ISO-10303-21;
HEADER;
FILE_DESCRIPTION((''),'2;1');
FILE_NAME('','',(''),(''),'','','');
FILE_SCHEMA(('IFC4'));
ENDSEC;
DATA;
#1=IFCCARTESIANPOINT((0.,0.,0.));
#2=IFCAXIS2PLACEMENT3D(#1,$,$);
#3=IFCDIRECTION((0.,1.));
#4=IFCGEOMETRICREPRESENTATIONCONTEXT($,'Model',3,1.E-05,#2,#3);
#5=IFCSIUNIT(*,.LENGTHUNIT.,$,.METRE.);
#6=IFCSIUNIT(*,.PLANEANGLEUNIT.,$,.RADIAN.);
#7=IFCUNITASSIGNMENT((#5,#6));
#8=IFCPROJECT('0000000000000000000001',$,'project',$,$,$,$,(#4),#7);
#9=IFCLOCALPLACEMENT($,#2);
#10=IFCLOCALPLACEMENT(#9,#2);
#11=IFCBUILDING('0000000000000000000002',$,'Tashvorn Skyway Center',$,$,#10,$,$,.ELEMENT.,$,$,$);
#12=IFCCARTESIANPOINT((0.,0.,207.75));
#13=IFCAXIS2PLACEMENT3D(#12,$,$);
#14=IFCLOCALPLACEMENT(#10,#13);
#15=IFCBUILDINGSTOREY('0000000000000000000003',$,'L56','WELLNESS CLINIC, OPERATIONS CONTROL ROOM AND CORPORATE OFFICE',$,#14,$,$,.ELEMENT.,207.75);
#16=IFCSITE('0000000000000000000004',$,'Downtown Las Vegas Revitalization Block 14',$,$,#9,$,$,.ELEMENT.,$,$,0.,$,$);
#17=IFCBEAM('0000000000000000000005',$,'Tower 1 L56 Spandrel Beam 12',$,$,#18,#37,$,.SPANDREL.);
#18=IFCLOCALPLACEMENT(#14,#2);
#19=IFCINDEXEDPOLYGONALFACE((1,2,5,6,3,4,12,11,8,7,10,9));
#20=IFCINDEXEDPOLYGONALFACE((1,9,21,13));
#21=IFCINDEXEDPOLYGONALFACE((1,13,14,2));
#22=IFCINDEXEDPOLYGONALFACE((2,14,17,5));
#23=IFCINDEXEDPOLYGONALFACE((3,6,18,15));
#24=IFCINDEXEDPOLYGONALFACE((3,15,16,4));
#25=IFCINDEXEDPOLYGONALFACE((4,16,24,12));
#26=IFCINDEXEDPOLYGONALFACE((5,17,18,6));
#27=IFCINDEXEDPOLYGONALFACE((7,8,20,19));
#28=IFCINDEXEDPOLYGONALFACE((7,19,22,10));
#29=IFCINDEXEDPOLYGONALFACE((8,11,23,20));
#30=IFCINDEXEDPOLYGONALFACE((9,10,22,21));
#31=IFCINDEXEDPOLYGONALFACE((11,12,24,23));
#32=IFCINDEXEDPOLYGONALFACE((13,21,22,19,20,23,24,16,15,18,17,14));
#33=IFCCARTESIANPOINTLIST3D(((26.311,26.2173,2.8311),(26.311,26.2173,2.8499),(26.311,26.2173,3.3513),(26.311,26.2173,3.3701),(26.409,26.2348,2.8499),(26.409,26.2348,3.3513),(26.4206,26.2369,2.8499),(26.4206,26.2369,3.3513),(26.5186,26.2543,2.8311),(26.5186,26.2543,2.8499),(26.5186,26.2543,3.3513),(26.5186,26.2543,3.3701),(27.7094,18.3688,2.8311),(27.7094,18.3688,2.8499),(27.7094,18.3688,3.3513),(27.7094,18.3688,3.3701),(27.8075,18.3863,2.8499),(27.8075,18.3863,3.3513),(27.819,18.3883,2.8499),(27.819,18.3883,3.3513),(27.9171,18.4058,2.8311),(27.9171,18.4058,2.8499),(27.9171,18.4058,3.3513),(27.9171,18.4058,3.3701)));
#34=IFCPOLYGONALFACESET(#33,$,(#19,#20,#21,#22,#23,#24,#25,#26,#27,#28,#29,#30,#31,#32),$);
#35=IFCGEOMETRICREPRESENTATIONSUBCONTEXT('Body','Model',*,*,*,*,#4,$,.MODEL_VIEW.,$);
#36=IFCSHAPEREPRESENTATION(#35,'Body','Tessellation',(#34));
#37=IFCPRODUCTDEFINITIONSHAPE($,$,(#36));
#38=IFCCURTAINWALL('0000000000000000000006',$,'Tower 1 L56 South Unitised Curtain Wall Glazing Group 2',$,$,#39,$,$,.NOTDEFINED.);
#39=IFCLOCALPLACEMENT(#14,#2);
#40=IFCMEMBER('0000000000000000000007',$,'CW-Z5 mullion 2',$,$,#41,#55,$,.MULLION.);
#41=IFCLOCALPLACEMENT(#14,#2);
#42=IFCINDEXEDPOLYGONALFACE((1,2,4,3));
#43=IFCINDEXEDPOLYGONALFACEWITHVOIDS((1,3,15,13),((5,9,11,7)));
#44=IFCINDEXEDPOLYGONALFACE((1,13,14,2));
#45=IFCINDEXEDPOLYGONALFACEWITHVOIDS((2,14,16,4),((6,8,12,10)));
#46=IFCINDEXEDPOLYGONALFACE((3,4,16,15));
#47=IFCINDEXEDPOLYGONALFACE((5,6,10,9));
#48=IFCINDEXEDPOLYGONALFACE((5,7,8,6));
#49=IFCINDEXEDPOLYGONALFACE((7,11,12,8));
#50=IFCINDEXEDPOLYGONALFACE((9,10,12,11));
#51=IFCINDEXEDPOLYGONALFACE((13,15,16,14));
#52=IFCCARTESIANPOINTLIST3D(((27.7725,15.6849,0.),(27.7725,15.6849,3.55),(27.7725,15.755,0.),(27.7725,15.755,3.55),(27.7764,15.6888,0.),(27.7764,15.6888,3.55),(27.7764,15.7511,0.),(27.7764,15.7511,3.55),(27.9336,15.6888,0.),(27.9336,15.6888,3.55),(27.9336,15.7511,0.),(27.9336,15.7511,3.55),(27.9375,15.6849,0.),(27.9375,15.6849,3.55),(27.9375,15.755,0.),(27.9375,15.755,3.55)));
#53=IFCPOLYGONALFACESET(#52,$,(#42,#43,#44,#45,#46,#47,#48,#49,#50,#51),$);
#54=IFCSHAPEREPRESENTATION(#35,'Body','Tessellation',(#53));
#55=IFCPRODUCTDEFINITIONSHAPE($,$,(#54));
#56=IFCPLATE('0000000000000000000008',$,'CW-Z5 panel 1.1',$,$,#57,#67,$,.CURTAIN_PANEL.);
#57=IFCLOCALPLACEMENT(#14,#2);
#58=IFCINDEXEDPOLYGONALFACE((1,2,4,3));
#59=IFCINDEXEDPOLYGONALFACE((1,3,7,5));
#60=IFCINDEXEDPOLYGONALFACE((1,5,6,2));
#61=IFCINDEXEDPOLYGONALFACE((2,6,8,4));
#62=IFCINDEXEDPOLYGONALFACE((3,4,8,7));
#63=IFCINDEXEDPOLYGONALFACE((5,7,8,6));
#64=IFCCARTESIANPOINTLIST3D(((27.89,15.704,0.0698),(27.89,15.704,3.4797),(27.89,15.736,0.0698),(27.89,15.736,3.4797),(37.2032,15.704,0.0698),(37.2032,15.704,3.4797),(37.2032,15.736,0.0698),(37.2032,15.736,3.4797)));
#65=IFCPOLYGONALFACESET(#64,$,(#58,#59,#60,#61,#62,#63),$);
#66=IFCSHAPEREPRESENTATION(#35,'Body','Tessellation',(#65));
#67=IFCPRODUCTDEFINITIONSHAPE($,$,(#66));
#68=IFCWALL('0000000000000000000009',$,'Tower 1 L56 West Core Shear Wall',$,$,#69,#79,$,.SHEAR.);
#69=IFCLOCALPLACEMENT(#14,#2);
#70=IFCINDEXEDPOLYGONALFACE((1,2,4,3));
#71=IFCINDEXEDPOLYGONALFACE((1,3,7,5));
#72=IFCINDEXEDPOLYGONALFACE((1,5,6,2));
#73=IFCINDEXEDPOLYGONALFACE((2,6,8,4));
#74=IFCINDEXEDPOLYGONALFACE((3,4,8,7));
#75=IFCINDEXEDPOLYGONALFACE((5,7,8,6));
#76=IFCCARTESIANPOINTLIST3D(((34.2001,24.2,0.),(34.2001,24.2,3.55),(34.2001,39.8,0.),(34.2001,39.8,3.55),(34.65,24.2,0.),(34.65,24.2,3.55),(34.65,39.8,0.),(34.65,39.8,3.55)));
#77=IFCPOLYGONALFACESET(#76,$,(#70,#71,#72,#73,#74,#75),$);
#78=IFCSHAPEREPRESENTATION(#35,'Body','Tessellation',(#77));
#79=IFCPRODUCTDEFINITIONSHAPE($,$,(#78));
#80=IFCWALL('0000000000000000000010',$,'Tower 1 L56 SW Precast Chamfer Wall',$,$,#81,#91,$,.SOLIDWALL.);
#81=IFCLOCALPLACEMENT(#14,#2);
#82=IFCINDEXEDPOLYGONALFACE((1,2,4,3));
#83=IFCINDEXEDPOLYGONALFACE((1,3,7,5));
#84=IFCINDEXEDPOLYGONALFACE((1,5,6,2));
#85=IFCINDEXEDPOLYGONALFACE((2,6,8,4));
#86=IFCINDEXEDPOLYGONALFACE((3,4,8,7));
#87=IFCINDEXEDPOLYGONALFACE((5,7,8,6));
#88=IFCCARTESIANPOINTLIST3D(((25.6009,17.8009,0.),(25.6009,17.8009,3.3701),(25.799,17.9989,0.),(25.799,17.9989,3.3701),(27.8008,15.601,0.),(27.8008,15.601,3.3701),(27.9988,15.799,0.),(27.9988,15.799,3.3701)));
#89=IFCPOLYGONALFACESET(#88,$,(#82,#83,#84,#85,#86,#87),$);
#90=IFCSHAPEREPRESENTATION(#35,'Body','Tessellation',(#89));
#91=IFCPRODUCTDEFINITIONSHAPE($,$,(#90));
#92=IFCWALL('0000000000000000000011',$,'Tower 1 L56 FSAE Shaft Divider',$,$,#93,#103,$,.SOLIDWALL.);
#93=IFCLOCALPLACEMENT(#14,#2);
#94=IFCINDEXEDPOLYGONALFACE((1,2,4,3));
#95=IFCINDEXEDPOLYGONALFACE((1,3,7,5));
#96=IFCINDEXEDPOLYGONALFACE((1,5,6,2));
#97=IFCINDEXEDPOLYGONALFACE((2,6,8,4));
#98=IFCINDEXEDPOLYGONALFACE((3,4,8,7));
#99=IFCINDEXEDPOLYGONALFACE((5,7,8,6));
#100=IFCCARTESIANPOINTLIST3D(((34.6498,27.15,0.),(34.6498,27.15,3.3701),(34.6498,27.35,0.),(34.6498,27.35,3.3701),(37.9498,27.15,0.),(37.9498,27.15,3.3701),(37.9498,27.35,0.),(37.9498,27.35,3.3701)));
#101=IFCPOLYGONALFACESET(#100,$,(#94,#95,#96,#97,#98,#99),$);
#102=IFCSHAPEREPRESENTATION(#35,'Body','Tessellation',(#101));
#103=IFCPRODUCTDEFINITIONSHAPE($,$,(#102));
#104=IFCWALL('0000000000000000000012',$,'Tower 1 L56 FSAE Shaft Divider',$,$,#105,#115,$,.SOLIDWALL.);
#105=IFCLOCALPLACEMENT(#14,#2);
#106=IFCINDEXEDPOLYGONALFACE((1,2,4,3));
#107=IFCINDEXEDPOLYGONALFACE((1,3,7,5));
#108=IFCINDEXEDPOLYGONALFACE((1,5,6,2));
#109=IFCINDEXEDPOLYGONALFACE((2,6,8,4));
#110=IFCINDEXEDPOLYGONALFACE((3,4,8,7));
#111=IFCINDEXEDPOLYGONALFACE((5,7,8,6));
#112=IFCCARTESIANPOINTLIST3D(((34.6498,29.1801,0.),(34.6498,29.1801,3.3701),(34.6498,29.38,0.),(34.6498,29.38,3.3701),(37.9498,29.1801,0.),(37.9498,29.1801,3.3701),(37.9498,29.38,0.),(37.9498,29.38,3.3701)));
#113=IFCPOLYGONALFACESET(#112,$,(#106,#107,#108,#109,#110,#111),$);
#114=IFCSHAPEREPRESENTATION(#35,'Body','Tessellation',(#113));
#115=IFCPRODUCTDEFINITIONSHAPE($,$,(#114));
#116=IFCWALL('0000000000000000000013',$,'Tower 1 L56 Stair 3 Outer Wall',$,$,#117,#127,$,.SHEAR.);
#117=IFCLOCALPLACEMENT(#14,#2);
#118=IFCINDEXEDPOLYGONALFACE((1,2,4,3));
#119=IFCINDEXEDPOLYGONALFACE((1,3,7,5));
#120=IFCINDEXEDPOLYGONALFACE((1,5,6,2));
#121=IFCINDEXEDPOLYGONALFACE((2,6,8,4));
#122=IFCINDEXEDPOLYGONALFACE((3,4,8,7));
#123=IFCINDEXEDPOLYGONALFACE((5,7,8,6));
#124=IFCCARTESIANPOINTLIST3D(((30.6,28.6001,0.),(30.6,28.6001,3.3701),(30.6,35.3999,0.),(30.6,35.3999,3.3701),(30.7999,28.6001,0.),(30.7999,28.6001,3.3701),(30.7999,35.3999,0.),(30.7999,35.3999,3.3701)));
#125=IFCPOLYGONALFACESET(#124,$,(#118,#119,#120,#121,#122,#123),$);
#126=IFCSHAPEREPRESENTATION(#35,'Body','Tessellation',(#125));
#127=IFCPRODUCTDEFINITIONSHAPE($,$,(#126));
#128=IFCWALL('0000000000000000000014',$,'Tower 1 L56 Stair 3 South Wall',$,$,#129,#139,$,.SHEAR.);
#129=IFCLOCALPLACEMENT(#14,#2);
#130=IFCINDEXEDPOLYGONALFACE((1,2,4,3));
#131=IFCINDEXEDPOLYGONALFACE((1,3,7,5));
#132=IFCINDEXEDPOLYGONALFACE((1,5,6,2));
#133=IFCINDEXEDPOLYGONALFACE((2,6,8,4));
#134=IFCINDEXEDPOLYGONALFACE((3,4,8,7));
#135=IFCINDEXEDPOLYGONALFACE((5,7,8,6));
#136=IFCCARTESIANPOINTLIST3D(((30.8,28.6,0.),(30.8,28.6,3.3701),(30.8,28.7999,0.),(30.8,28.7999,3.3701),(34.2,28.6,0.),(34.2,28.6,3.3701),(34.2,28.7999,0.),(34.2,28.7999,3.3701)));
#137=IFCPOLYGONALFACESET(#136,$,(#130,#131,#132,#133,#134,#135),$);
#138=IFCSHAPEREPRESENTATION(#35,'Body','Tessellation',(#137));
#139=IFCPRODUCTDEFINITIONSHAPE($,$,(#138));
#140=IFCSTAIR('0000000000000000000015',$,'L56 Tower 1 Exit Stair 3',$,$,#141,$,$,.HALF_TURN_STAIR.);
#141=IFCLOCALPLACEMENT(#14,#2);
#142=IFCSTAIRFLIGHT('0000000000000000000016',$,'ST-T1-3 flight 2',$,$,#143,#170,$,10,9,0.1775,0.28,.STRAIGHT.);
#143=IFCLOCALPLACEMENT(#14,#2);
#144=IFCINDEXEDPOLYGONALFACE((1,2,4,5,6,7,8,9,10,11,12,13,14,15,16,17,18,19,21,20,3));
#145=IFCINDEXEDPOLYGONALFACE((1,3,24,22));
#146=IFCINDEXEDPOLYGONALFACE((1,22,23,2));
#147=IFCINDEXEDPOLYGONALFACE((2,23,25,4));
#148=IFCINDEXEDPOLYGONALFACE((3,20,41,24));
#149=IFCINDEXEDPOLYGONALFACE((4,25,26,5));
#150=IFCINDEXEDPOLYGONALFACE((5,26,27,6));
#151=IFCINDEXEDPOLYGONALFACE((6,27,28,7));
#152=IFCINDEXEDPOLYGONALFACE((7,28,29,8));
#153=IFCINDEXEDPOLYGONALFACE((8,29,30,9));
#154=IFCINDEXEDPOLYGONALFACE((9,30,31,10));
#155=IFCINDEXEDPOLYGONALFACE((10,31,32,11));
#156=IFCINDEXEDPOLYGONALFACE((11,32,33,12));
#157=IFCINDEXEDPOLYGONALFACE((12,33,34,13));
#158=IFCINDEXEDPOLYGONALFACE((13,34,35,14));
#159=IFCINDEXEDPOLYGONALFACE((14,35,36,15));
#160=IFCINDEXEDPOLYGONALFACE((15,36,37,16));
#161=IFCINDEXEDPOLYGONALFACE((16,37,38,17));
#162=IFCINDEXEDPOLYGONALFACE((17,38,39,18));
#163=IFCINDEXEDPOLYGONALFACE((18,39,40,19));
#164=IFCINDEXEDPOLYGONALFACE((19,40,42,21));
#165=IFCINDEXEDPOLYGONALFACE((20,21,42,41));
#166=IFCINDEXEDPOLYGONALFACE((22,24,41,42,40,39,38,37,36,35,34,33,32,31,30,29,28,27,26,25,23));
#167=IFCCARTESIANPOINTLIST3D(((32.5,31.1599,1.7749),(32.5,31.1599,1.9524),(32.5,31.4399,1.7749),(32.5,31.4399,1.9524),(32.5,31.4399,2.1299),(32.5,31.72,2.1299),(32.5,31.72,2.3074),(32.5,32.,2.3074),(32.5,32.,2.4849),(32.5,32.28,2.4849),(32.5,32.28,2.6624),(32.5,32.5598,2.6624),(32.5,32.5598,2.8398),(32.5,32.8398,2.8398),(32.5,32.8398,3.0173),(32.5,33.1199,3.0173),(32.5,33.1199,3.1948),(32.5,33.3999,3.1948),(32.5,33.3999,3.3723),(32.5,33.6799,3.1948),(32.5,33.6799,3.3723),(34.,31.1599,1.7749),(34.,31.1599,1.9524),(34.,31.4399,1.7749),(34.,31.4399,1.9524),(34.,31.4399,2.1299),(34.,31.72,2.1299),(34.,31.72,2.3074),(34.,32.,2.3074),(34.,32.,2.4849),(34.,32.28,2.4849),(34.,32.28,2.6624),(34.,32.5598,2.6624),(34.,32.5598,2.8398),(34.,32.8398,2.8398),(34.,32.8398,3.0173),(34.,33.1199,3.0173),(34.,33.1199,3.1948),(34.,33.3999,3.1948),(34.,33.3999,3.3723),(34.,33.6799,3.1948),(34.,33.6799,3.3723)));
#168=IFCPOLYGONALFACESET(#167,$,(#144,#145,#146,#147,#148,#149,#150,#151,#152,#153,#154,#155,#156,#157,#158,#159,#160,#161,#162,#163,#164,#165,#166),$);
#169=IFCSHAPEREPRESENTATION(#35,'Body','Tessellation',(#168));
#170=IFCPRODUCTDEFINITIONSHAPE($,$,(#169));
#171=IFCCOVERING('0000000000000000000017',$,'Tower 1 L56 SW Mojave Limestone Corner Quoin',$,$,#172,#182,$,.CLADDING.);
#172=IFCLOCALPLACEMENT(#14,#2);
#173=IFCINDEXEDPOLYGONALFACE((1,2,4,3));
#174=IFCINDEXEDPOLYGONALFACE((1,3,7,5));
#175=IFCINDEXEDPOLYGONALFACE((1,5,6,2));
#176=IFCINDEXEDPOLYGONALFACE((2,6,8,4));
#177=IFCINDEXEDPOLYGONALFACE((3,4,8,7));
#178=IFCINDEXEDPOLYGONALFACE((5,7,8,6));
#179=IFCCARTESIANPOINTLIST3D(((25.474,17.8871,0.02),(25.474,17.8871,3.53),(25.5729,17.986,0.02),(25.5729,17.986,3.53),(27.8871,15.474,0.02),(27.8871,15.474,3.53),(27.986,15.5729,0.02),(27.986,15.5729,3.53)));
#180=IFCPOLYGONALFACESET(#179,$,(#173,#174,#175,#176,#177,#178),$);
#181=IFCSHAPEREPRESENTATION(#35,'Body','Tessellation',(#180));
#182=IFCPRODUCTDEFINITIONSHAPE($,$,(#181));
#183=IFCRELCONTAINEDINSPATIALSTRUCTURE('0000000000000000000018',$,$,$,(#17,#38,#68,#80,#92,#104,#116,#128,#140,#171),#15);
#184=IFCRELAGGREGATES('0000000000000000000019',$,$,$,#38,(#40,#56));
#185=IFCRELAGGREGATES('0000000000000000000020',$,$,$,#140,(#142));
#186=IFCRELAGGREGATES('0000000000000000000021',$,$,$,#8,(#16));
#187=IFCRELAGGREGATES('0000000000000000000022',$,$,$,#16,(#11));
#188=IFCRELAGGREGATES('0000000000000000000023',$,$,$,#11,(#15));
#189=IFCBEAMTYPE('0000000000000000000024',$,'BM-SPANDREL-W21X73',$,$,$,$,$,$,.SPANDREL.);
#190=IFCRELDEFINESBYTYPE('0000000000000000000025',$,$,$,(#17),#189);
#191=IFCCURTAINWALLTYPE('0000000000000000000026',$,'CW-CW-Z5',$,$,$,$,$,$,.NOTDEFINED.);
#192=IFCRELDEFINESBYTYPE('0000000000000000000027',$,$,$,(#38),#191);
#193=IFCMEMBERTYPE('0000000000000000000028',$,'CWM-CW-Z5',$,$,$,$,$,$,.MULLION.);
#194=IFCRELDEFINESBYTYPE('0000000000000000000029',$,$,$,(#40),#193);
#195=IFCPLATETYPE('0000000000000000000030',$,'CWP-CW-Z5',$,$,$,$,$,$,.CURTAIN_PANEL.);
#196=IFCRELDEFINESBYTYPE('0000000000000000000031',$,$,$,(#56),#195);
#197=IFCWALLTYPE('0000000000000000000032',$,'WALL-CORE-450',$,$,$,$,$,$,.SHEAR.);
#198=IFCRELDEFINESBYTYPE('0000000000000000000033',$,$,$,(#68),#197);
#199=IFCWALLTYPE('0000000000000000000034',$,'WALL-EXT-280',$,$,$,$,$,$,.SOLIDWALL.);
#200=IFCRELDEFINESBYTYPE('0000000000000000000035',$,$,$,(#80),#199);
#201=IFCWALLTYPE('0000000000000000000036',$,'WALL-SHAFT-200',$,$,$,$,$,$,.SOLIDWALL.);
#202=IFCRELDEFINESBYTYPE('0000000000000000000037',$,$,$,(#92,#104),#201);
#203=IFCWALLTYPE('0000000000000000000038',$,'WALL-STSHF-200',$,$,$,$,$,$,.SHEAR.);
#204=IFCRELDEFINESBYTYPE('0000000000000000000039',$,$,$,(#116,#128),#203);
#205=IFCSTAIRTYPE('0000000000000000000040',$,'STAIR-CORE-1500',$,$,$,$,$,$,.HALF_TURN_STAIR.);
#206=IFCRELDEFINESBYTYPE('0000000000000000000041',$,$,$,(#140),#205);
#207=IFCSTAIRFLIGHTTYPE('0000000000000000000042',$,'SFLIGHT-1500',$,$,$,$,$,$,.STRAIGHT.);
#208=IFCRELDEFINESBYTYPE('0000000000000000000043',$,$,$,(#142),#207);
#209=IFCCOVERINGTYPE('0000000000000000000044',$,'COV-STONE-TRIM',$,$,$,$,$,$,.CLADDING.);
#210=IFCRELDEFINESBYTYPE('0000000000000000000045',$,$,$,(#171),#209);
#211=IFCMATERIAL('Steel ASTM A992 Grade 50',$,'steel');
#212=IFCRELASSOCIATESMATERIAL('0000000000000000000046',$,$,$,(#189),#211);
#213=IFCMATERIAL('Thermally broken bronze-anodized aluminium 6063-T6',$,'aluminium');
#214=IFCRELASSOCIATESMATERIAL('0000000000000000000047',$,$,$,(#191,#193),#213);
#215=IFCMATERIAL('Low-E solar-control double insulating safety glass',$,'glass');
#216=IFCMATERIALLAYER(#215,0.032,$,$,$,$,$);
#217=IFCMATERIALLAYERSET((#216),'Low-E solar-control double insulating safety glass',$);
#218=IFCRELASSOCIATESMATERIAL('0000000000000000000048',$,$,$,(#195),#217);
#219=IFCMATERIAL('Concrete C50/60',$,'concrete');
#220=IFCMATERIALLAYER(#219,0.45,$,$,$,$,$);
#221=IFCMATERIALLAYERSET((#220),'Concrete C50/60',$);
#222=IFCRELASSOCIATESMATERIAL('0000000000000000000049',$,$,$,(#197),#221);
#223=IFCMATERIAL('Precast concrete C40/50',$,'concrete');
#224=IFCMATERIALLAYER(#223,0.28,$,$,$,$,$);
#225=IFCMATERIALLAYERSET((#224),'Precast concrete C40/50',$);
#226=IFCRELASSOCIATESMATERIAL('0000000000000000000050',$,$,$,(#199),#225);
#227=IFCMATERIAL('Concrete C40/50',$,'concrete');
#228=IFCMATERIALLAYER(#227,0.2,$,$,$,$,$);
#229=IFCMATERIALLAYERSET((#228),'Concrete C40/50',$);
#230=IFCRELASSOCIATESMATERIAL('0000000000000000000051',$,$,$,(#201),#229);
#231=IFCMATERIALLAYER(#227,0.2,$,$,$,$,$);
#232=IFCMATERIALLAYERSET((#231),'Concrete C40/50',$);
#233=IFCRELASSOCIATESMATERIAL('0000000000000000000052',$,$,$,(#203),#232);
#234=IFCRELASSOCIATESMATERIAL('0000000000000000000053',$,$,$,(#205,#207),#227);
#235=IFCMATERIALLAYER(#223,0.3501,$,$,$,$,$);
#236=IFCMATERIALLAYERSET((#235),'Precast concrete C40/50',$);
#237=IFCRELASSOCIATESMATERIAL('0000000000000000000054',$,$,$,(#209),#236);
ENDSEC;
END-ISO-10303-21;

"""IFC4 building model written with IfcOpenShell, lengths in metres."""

from ifc_helpers import new_model, si_unit, direction, frame, frame_2d, origin, origin_2d, place, context, subcontext, project, spatial, polyline, rectangle, hollow_rectangle, i_section, outline, extrude, material, layer, layer_set, material_profile, profile_set, type_object, element, aggregate, save


model = new_model("IFC4")

# Units and contexts
model_context = context("Model", 3, precision=1e-05, world=origin(), true_north=direction((0.0, 1.0)))
body_context = subcontext(model_context, "Body", "Model", "MODEL_VIEW")
ifc_project = project(units=[si_unit("LENGTHUNIT", "METRE"), si_unit("PLANEANGLEUNIT", "RADIAN")], contexts=[model_context])

# Site, building, storey
site_placement = place(None, origin())
site = spatial("IfcSite", under=ifc_project, at=site_placement, Name="Downtown Las Vegas Revitalization Block 14", CompositionType="ELEMENT", RefElevation=0.0)
building_placement = place(site_placement, origin())
building = spatial("IfcBuilding", under=site, at=building_placement, Name="Tashvorn Skyway Center", CompositionType="ELEMENT")
storey_placement = place(building_placement, frame((0.0, 0.0, 207.75)))
storey = spatial("IfcBuildingStorey", under=building, at=storey_placement, Name="L56", Description="WELLNESS CLINIC, OPERATIONS CONTROL ROOM AND CORPORATE OFFICE", CompositionType="ELEMENT", Elevation=207.75)

# Beam
ifc_material_1 = material(Name="Steel ASTM A992 Grade 50", Category="steel")
ifc_material_profile_1 = material_profile(ifc_material_1, i_section(OverallWidth=0.2109, OverallDepth=0.5391, WebThickness=0.0117, FlangeThickness=0.0188, at=origin_2d()), Name="W21X73")
ifc_profile_set_1 = profile_set([ifc_material_profile_1], Name="Steel ASTM A992 Grade 50")
beam_type_1 = type_object("IfcBeamType", Name="BM-SPANDREL-W21X73", PredefinedType="SPANDREL", material=ifc_profile_set_1)
beam_1_placement = place(storey_placement, frame((26.4148, 26.2358, 3.1006), z_axis=(0.175413, -0.984495, 0.0), x_axis=(0.984495, 0.175413, 0.0)))
element("IfcBeam", 1, at=beam_1_placement, inside=storey, type_object=beam_type_1, Name="Tower 1 L56 Spandrel Beam 12", PredefinedType="SPANDREL", context=body_context, shape_type="SweptSolid", body=[
    extrude(i_section(OverallWidth=0.2109, OverallDepth=0.5391, WebThickness=0.0117, FlangeThickness=0.0188, at=origin_2d()), origin(), (0.0, 0.0, 1.0), 7.9722),
])

# Curtain wall, member, plate
ifc_material_2 = material(Name="Thermally broken bronze-anodized aluminium 6063-T6", Category="aluminium")
curtain_wall_type = type_object("IfcCurtainWallType", Name="CW-CW-Z5", PredefinedType="NOTDEFINED", material=ifc_material_2)
curtain_wall_placement = place(storey_placement, origin())
curtain_wall = element("IfcCurtainWall", 2, at=curtain_wall_placement, inside=storey, type_object=curtain_wall_type, Name="Tower 1 L56 South Unitised Curtain Wall Glazing Group 2", PredefinedType="NOTDEFINED")
ifc_material_profile_2 = material_profile(ifc_material_2, hollow_rectangle(XDim=0.0701, YDim=0.165, WallThickness=0.0039, at=origin_2d()), Name="ALU-MULL-70x165")
ifc_profile_set_2 = profile_set([ifc_material_profile_2], Name="Thermally broken bronze-anodized aluminium 6063-T6")
member_type = type_object("IfcMemberType", Name="CWM-CW-Z5", PredefinedType="MULLION", material=ifc_profile_set_2)
member_placement = place(storey_placement, frame((27.855, 15.72, 0.0), z_axis=(0.0, 0.0, 1.0), x_axis=(0.0, -1.0, 0.0)))
member = element("IfcMember", 3, at=member_placement, type_object=member_type, Name="CW-Z5 mullion 2", PredefinedType="MULLION", context=body_context, shape_type="SweptSolid", body=[
    extrude(hollow_rectangle(XDim=0.0701, YDim=0.165, WallThickness=0.0039, at=origin_2d()), origin(), (0.0, 0.0, 1.0), 3.55),
])
ifc_material_3 = material(Name="Low-E solar-control double insulating safety glass", Category="glass")
ifc_layer_1 = layer(ifc_material_3, 0.032)
ifc_layer_set_1 = layer_set([ifc_layer_1], Name="Low-E solar-control double insulating safety glass")
plate_type = type_object("IfcPlateType", Name="CWP-CW-Z5", PredefinedType="CURTAIN_PANEL", material=ifc_layer_set_1)
plate_placement = place(storey_placement, frame((32.5466, 15.72, 0.0698), z_axis=(0.0, 0.0, 1.0), x_axis=(-1.0, 0.0, 0.0)))
plate = element("IfcPlate", 4, at=plate_placement, type_object=plate_type, Name="CW-Z5 panel 1.1", PredefinedType="CURTAIN_PANEL", context=body_context, shape_type="SweptSolid", body=[
    extrude(rectangle(XDim=9.3132, YDim=0.032, at=origin_2d()), origin(), (0.0, 0.0, 1.0), 3.4099),
])
aggregate(curtain_wall, [member, plate])

# Walls
ifc_material_4 = material(Name="Concrete C50/60", Category="concrete")
ifc_layer_2 = layer(ifc_material_4, 0.45)
ifc_layer_set_2 = layer_set([ifc_layer_2], Name="Concrete C50/60")
wall_type_1 = type_object("IfcWallType", Name="WALL-CORE-450", PredefinedType="SHEAR", material=ifc_layer_set_2)
wall_1_placement = place(storey_placement, frame((34.425, 24.2, 0.0), z_axis=(0.0, 0.0, 1.0), x_axis=(0.0, 1.0, 0.0)))
element("IfcWall", 5, at=wall_1_placement, inside=storey, type_object=wall_type_1, Name="Tower 1 L56 West Core Shear Wall", PredefinedType="SHEAR", context=body_context, shape_type="SweptSolid", body=[
    extrude(rectangle(XDim=15.6001, YDim=0.45, at=frame_2d((7.8, 0.0))), origin(), (0.0, 0.0, 1.0), 3.55),
])
ifc_material_5 = material(Name="Precast concrete C40/50", Category="concrete")
ifc_layer_3 = layer(ifc_material_5, 0.28)
ifc_layer_set_3 = layer_set([ifc_layer_3], Name="Precast concrete C40/50")
wall_type_2 = type_object("IfcWallType", Name="WALL-EXT-280", PredefinedType="SOLIDWALL", material=ifc_layer_set_3)
wall_2_placement = place(storey_placement, frame((27.8999, 15.7, 0.0), z_axis=(0.0, 0.0, 1.0), x_axis=(-0.707107, 0.707107, 0.0)))
element("IfcWall", 6, at=wall_2_placement, inside=storey, type_object=wall_type_2, Name="Tower 1 L56 SW Precast Chamfer Wall", PredefinedType="SOLIDWALL", context=body_context, shape_type="SweptSolid", body=[
    extrude(rectangle(XDim=3.1111, YDim=0.28, at=frame_2d((1.5557, 0.0))), origin(), (0.0, 0.0, 1.0), 3.3701),
])
ifc_material_6 = material(Name="Concrete C40/50", Category="concrete")
ifc_layer_4 = layer(ifc_material_6, 0.2)
ifc_layer_set_4 = layer_set([ifc_layer_4], Name="Concrete C40/50")
wall_type_3 = type_object("IfcWallType", Name="WALL-SHAFT-200", PredefinedType="SOLIDWALL", material=ifc_layer_set_4)
for number, where, z_axis, x_axis, name in (
    (7, (34.6499, 27.25, 0.0), (0.0, 0.0, 1.0), (1.0, 0.0, 0.0), "Tower 1 L56 FSAE Shaft Divider"),
    (8, (34.6499, 29.28, 0.0), (0.0, 0.0, 1.0), (1.0, 0.0, 0.0), "Tower 1 L56 FSAE Shaft Divider"),
):
    element("IfcWall", number, at=place(storey_placement, frame(where, z_axis=z_axis, x_axis=x_axis)), inside=storey, type_object=wall_type_3, Name=name, PredefinedType="SOLIDWALL", context=body_context, shape_type="SweptSolid", body=[
        extrude(rectangle(XDim=3.3, YDim=0.2, at=frame_2d((1.6499, 0.0))), origin(), (0.0, 0.0, 1.0), 3.3701),
    ])
ifc_layer_5 = layer(ifc_material_6, 0.2)
ifc_layer_set_5 = layer_set([ifc_layer_5], Name="Concrete C40/50")
wall_type_4 = type_object("IfcWallType", Name="WALL-STSHF-200", PredefinedType="SHEAR", material=ifc_layer_set_5)
wall_3_placement = place(storey_placement, frame((30.7, 28.6001, 0.0), z_axis=(0.0, 0.0, 1.0), x_axis=(0.0, 1.0, 0.0)))
element("IfcWall", 9, at=wall_3_placement, inside=storey, type_object=wall_type_4, Name="Tower 1 L56 Stair 3 Outer Wall", PredefinedType="SHEAR", context=body_context, shape_type="SweptSolid", body=[
    extrude(rectangle(XDim=6.7998, YDim=0.2, at=frame_2d((3.3999, 0.0))), origin(), (0.0, 0.0, 1.0), 3.3701),
])
wall_4_placement = place(storey_placement, frame((30.8, 28.7, 0.0), z_axis=(0.0, 0.0, 1.0), x_axis=(1.0, 0.0, 0.0)))
element("IfcWall", 10, at=wall_4_placement, inside=storey, type_object=wall_type_4, Name="Tower 1 L56 Stair 3 South Wall", PredefinedType="SHEAR", context=body_context, shape_type="SweptSolid", body=[
    extrude(rectangle(XDim=3.3999, YDim=0.2, at=frame_2d((1.7, 0.0))), origin(), (0.0, 0.0, 1.0), 3.3701),
])

# Stair, stair flight
stair_type = type_object("IfcStairType", Name="STAIR-CORE-1500", PredefinedType="HALF_TURN_STAIR", material=ifc_material_6)
stair_placement = place(storey_placement, origin())
stair = element("IfcStair", 11, at=stair_placement, inside=storey, type_object=stair_type, Name="L56 Tower 1 Exit Stair 3", PredefinedType="HALF_TURN_STAIR")
stair_flight_type = type_object("IfcStairFlightType", Name="SFLIGHT-1500", PredefinedType="STRAIGHT", material=ifc_material_6)
stair_flight_placement = place(storey_placement, frame((33.25, 31.1599, 1.7749), z_axis=(0.0, 0.0, 1.0), x_axis=(0.0, 1.0, 0.0)))
stair_flight = element("IfcStairFlight", 12, at=stair_flight_placement, type_object=stair_flight_type, Name="ST-T1-3 flight 2", NumberOfRisers=10, NumberOfTreads=9, PredefinedType="STRAIGHT", RiserHeight=0.1775, TreadLength=0.28, context=body_context, shape_type="SweptSolid", body=[
    extrude(outline(polyline([(0.0, 0.0), (0.0, 0.1775), (0.28, 0.1775), (0.28, 0.355), (0.5601, 0.355), (0.5601, 0.5325), (0.8401, 0.5325), (0.8401, 0.71), (1.1201, 0.71), (1.1201, 0.8875), (1.3999, 0.8875), (1.3999, 1.0649), (1.6799, 1.0649), (1.6799, 1.2424), (1.96, 1.2424), (1.96, 1.4199), (2.24, 1.4199), (2.24, 1.5974), (2.52, 1.5974), (2.52, 1.7749), (2.52, 1.4199), (0.28, 0.0), (0.0, 0.0)])), frame((0.0, 0.75, 0.0), z_axis=(0.0, -1.0, 0.0), x_axis=(1.0, 0.0, 0.0)), (0.0, 0.0, 1.0), 1.5),
])
aggregate(stair, [stair_flight])

# Covering
ifc_layer_6 = layer(ifc_material_5, 0.3501)
ifc_layer_set_6 = layer_set([ifc_layer_6], Name="Precast concrete C40/50")
covering_type = type_object("IfcCoveringType", Name="COV-STONE-TRIM", PredefinedType="CLADDING", material=ifc_layer_set_6)
covering_placement = place(storey_placement, frame((26.73, 16.73, 0.02), z_axis=(0.0, 0.0, 1.0), x_axis=(-0.707107, 0.707107, 0.0)))
element("IfcCovering", 13, at=covering_placement, inside=storey, type_object=covering_type, Name="Tower 1 L56 SW Mojave Limestone Corner Quoin", PredefinedType="CLADDING", context=body_context, shape_type="SweptSolid", body=[
    extrude(rectangle(XDim=3.4126, YDim=0.1399, at=origin_2d()), origin(), (0.0, 0.0, 1.0), 3.51),
])

save(model, "model.ifc")
